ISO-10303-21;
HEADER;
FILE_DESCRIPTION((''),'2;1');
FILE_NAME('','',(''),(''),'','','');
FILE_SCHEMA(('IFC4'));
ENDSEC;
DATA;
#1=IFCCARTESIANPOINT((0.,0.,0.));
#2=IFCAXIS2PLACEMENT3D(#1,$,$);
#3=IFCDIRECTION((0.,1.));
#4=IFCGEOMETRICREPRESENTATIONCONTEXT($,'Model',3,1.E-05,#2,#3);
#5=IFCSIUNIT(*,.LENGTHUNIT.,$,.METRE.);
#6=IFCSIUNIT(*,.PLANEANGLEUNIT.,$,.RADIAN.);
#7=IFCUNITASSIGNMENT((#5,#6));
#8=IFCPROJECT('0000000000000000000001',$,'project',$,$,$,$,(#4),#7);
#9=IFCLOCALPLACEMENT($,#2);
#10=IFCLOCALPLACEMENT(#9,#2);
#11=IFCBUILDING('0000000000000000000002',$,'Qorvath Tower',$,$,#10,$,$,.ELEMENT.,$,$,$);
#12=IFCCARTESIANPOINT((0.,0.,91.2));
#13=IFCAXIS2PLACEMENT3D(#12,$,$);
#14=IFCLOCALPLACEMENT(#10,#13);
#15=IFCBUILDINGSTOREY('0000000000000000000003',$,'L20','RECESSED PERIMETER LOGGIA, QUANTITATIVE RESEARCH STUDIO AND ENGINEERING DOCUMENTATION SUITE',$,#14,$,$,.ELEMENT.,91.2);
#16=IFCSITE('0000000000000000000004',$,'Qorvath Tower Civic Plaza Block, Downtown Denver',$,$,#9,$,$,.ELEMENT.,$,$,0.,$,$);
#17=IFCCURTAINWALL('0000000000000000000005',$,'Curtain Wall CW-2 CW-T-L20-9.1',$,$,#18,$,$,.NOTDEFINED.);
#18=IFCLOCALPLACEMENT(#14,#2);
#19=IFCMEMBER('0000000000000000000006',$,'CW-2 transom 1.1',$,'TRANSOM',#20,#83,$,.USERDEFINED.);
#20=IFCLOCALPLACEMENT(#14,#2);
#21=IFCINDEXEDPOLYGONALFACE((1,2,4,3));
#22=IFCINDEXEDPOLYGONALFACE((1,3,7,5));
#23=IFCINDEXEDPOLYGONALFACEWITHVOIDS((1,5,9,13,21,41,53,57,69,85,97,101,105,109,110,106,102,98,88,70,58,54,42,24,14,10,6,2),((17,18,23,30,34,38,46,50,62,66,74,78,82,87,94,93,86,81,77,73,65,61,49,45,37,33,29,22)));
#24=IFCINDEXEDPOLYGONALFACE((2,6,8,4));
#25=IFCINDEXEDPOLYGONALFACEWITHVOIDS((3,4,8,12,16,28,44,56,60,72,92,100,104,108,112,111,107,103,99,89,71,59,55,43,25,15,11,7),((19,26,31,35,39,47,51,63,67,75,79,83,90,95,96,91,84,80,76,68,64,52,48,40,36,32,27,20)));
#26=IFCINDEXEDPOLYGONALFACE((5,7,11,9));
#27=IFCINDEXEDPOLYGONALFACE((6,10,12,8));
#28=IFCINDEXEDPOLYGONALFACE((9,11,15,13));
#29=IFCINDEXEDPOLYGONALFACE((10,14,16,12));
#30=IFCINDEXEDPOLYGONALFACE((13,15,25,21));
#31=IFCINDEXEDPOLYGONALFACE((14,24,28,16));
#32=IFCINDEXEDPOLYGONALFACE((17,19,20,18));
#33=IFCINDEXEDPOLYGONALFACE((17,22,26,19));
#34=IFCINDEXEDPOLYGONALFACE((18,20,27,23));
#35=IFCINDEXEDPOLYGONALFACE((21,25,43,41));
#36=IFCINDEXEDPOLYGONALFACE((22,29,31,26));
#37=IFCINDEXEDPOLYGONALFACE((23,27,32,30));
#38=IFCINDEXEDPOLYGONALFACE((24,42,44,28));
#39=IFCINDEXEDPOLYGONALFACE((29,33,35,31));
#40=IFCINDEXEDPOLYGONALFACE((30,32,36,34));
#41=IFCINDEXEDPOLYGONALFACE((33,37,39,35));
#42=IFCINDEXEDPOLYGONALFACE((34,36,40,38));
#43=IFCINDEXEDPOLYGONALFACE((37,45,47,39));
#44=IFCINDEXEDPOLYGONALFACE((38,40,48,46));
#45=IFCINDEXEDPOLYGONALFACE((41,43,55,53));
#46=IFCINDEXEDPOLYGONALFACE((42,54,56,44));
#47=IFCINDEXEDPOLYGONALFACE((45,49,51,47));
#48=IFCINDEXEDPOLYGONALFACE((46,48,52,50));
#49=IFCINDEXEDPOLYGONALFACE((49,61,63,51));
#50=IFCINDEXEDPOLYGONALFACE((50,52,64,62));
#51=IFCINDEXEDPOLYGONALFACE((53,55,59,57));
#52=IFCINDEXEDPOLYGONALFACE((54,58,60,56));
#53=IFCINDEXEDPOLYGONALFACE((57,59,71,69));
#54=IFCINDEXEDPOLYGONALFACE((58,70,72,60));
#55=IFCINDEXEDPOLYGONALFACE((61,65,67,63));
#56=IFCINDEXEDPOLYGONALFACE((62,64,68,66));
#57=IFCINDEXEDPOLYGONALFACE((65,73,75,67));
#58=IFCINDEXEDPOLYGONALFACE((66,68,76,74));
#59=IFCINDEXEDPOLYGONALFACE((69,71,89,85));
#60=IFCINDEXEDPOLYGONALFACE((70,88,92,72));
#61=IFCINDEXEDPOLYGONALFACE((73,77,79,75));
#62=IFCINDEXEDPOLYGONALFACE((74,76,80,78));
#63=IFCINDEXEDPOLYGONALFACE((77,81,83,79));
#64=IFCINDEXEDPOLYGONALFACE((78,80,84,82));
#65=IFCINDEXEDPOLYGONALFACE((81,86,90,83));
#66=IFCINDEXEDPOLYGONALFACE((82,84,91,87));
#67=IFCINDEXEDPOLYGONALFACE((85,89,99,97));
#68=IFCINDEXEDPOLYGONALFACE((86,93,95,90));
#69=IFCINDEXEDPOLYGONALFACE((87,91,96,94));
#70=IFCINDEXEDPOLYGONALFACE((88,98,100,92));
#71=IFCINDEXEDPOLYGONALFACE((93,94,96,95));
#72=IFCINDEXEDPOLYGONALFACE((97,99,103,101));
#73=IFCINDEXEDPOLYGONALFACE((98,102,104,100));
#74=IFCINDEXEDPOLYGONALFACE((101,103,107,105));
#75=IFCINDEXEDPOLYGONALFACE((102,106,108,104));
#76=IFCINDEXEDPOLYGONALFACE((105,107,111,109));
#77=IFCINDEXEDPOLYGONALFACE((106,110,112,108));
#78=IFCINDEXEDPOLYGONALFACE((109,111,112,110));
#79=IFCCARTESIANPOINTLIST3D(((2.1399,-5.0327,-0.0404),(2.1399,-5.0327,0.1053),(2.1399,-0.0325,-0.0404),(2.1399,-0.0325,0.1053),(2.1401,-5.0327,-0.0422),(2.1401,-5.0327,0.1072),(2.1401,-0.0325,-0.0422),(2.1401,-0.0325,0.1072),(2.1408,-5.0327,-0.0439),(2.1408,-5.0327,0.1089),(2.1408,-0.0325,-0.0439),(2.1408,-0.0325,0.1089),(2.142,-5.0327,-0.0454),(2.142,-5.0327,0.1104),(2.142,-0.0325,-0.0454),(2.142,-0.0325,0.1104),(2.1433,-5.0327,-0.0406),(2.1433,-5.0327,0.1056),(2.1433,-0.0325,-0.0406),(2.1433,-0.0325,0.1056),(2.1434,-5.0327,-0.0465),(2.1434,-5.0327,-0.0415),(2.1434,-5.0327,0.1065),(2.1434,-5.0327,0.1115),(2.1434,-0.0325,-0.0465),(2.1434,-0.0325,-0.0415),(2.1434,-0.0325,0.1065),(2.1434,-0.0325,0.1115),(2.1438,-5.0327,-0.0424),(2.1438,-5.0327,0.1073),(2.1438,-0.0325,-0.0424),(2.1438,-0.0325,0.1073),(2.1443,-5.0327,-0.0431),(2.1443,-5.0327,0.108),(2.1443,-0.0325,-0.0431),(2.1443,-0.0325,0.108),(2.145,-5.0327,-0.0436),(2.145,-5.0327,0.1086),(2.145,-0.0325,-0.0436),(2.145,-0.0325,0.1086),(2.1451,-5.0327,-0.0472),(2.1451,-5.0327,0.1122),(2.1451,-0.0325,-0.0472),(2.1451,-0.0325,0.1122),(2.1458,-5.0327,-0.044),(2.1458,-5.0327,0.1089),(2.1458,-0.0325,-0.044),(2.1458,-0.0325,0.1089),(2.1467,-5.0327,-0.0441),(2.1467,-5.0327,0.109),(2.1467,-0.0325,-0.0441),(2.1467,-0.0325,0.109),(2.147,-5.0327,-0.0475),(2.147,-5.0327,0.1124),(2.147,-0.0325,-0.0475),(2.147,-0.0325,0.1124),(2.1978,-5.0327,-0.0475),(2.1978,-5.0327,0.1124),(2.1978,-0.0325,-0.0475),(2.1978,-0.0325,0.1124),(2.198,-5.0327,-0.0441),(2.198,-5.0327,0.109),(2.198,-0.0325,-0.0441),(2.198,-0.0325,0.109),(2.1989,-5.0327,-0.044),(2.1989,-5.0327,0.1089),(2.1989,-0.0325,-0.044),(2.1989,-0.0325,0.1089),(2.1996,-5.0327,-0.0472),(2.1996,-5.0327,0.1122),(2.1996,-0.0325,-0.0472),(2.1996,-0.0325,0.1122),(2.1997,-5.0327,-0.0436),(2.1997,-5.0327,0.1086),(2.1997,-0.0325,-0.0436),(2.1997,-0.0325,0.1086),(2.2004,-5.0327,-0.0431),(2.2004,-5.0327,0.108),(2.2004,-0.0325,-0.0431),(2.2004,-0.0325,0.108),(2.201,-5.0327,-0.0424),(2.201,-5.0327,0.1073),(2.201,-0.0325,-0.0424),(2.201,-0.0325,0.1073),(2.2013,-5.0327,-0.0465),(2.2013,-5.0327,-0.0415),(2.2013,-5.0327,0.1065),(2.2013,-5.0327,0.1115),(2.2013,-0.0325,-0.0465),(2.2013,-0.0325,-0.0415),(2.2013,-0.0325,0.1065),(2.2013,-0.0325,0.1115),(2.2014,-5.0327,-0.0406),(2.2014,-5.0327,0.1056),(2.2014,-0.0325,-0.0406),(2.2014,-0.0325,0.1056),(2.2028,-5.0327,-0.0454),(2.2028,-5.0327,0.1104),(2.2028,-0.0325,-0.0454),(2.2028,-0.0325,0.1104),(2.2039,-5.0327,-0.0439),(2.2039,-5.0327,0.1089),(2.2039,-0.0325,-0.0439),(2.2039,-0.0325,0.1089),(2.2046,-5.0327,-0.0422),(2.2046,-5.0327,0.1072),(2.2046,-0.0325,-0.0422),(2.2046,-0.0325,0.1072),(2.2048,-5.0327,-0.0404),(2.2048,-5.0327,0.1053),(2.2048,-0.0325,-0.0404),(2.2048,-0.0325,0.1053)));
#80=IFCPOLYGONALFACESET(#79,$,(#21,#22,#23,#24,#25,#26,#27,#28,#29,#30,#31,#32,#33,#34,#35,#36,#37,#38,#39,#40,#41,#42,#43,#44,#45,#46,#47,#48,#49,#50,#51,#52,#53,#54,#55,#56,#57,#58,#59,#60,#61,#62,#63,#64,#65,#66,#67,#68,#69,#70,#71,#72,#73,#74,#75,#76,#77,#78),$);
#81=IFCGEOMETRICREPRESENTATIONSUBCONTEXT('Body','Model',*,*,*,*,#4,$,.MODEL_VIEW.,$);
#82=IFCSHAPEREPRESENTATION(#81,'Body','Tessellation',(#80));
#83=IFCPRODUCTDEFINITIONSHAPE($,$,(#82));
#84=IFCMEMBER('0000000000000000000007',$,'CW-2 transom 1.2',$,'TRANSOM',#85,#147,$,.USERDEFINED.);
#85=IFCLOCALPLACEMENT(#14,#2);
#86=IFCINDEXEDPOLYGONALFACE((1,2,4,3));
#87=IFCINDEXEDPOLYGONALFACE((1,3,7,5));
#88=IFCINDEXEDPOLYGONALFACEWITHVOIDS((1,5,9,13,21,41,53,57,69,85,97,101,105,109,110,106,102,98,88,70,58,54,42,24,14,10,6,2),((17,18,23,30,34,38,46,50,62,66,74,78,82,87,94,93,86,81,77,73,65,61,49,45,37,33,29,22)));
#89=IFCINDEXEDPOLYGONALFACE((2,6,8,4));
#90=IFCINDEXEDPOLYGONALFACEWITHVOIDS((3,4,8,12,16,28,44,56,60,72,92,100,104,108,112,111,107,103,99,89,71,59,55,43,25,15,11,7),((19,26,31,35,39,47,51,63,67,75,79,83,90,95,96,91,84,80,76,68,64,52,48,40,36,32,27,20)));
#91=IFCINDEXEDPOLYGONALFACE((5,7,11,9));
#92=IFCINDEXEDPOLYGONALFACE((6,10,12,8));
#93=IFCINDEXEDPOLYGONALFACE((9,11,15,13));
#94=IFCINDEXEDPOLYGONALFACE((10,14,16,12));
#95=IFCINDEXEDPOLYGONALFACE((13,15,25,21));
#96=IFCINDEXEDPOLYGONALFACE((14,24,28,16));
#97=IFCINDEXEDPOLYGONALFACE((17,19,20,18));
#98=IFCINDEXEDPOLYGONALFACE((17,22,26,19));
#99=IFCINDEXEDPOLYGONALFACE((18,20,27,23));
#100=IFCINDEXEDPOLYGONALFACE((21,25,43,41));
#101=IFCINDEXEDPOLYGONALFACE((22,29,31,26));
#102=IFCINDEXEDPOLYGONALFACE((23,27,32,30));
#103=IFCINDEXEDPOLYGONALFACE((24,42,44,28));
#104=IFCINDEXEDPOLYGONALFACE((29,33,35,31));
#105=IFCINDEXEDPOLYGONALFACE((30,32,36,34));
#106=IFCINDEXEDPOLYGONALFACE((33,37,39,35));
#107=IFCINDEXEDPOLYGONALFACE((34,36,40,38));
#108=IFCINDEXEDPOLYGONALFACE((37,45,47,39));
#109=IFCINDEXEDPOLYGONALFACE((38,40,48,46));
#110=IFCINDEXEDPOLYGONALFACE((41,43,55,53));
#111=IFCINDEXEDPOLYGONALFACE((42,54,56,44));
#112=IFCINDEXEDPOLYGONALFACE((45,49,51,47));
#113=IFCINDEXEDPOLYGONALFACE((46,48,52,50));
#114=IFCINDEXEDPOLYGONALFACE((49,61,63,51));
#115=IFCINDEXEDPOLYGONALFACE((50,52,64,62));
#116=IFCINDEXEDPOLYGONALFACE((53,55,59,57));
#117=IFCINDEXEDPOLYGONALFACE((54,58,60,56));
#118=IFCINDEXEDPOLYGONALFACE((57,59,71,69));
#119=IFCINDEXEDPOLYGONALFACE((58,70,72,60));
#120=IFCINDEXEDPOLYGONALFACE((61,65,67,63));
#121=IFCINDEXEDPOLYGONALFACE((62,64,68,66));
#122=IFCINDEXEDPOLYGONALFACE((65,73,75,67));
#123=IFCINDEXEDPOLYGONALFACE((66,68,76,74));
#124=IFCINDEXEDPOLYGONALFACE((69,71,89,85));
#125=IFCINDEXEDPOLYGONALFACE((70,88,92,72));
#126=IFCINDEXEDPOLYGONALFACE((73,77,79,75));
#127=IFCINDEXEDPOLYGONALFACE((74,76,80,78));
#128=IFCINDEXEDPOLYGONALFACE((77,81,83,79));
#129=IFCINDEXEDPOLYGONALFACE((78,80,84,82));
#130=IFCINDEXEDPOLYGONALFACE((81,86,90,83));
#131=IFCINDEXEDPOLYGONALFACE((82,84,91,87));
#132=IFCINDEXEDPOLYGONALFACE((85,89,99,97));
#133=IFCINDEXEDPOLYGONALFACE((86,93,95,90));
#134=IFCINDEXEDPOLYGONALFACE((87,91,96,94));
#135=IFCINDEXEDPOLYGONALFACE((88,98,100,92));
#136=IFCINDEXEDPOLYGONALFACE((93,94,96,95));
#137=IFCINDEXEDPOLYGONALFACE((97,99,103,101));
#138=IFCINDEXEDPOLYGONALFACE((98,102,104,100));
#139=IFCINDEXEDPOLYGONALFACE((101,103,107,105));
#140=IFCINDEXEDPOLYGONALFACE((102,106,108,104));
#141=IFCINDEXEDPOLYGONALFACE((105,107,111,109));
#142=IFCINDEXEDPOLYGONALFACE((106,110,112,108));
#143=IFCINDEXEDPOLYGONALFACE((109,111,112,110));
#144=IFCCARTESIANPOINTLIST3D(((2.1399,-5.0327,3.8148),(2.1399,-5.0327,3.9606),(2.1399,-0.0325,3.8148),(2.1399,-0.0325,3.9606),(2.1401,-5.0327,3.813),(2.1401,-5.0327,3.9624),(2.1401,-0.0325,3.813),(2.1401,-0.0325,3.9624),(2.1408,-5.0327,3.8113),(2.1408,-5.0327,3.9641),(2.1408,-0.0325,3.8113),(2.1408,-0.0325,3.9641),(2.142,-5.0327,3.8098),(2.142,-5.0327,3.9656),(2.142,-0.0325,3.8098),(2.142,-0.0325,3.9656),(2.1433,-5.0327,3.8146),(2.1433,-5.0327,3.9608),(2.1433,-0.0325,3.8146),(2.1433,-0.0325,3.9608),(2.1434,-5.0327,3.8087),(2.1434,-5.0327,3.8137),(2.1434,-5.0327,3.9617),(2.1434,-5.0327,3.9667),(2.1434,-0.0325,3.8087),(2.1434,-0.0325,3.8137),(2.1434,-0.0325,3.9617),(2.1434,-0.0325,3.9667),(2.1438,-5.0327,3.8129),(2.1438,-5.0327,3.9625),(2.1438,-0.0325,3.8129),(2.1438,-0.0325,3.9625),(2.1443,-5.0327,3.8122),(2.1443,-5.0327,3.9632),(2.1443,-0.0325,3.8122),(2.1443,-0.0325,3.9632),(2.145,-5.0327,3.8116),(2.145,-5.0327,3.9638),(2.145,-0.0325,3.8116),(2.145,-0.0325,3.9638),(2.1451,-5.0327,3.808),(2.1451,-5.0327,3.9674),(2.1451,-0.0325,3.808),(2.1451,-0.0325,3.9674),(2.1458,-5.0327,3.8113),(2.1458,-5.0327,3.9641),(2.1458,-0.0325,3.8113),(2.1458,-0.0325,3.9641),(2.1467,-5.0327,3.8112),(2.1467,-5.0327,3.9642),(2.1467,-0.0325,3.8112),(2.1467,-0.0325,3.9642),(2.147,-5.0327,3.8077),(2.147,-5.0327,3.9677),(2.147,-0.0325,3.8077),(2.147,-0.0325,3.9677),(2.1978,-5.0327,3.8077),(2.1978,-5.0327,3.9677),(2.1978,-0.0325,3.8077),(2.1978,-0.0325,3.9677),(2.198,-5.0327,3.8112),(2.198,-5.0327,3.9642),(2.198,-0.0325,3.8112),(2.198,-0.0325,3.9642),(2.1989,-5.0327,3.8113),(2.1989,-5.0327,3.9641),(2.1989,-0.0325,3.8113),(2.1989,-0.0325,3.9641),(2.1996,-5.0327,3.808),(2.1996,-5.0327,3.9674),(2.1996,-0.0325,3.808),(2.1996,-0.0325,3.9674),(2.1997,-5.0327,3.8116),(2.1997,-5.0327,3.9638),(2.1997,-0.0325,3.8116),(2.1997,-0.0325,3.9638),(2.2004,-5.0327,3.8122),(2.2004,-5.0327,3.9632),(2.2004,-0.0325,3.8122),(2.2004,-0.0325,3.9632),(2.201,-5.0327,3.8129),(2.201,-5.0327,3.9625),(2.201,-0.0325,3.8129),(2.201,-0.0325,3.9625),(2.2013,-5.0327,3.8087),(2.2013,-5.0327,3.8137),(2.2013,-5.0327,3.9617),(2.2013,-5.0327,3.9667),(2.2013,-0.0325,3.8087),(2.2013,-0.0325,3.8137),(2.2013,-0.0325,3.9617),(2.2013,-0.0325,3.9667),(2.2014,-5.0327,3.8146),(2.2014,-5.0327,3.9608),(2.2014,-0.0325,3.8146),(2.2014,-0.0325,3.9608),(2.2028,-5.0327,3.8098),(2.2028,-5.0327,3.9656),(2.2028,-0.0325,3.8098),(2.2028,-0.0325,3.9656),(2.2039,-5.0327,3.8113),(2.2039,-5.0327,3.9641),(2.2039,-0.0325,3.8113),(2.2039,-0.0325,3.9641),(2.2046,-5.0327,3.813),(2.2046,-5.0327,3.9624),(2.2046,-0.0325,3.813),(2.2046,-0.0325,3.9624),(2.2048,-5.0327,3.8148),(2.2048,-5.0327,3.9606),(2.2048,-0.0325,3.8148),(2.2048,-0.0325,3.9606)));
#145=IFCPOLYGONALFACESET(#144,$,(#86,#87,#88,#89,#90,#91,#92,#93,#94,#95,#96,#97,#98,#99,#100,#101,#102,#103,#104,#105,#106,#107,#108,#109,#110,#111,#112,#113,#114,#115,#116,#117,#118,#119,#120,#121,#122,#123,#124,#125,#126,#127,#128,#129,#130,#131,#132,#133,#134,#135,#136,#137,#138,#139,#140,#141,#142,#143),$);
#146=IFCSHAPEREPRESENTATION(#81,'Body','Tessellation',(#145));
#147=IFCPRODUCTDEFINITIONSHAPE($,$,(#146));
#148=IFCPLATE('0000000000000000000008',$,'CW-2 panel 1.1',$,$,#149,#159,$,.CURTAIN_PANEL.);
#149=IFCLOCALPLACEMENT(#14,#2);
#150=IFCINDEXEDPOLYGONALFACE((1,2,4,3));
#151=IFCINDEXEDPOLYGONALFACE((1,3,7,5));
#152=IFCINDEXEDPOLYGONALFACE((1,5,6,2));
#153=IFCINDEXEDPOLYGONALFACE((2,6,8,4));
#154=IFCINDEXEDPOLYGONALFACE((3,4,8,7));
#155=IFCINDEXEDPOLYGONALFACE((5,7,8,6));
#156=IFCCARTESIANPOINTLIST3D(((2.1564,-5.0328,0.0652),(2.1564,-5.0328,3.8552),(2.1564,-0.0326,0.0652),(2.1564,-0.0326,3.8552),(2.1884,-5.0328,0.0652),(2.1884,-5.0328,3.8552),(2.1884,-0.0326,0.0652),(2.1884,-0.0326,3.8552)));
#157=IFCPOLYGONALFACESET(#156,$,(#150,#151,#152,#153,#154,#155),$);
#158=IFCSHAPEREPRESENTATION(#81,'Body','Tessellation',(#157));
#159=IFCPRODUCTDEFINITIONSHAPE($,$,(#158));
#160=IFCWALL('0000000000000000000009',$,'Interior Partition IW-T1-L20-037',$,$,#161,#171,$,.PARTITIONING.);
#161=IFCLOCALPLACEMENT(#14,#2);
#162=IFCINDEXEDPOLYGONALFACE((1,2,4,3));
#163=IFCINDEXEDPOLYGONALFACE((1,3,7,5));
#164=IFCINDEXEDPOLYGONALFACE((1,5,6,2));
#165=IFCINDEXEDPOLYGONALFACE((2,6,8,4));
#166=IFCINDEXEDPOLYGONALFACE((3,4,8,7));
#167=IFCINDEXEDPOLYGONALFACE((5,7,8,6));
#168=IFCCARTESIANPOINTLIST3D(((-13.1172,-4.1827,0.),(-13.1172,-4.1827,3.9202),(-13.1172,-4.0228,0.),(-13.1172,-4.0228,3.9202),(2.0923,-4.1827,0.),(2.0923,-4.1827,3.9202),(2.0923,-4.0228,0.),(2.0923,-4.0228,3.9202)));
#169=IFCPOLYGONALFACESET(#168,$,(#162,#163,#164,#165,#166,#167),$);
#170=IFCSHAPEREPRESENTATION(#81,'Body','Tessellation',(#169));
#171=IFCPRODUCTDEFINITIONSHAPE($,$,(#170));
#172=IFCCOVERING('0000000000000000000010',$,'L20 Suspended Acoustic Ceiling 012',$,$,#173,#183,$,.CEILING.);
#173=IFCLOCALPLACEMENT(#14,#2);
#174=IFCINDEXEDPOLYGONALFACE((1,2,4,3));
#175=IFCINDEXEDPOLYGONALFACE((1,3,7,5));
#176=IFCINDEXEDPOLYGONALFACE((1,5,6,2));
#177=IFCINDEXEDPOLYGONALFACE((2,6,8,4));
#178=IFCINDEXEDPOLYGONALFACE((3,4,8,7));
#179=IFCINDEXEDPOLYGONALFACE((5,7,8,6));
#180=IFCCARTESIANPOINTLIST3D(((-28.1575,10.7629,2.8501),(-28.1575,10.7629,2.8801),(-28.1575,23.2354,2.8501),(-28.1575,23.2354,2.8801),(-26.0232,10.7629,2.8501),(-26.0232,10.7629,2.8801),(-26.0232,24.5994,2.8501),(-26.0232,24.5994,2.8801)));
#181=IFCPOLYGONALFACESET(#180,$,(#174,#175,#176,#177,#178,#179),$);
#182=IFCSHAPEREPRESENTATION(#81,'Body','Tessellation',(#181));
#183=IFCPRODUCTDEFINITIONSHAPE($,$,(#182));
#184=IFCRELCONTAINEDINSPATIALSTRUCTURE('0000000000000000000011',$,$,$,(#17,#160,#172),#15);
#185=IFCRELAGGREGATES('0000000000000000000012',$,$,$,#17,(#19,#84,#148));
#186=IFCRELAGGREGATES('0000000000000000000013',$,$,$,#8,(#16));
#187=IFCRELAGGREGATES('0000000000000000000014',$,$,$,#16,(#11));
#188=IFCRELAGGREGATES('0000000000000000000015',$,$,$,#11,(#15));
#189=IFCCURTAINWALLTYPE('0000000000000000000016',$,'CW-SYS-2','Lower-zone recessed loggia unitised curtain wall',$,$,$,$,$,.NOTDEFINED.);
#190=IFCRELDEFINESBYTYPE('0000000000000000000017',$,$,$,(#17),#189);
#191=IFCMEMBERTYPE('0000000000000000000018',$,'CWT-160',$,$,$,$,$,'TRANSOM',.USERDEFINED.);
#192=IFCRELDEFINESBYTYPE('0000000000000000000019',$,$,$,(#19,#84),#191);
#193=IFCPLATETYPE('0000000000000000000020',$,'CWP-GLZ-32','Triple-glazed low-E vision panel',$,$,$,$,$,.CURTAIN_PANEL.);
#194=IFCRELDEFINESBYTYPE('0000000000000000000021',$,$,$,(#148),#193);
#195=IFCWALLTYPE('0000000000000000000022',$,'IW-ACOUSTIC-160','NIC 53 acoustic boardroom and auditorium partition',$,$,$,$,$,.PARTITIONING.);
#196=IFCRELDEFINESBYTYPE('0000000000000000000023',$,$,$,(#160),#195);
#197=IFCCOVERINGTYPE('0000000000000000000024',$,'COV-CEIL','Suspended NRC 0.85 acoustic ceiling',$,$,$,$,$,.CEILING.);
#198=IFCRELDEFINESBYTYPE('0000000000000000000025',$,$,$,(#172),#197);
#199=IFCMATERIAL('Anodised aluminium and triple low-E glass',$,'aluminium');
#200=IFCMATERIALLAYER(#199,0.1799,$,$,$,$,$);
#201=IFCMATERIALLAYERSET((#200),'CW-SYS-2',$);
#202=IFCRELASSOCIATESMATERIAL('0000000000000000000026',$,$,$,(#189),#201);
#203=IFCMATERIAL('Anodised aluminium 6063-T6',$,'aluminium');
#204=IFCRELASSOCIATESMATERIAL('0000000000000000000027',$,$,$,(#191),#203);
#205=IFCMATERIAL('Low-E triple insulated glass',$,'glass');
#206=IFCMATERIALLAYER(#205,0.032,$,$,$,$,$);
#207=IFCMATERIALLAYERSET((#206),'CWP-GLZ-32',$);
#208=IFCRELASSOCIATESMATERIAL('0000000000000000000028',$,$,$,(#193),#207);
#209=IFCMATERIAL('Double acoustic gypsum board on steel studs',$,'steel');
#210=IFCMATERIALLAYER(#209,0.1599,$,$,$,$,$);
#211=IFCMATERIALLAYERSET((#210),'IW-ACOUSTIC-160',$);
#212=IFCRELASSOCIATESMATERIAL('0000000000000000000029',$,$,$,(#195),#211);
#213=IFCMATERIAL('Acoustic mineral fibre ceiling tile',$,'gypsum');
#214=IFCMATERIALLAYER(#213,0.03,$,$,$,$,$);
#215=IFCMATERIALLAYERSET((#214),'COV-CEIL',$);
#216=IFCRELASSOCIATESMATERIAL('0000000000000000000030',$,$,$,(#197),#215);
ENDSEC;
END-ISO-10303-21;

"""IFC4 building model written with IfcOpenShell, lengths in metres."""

from ifc_helpers import new_model, si_unit, direction, frame, frame_2d, origin, origin_2d, place, context, subcontext, project, spatial, polyline, rectangle, hollow_rectangle, outline, extrude, material, layer, layer_set, material_profile, profile_set, type_object, element, aggregate, save


model = new_model("IFC4")

# Units and contexts
model_context = context("Model", 3, precision=1e-05, world=origin(), true_north=direction((0.0, 1.0)))
body_context = subcontext(model_context, "Body", "Model", "MODEL_VIEW")
ifc_project = project(units=[si_unit("LENGTHUNIT", "METRE"), si_unit("PLANEANGLEUNIT", "RADIAN")], contexts=[model_context])

# Site, building, storey
site_placement = place(None, origin())
site = spatial("IfcSite", under=ifc_project, at=site_placement, Name="Qorvath Tower Civic Plaza Block, Downtown Denver", CompositionType="ELEMENT", RefElevation=0.0)
building_placement = place(site_placement, origin())
building = spatial("IfcBuilding", under=site, at=building_placement, Name="Qorvath Tower", CompositionType="ELEMENT")
storey_placement = place(building_placement, frame((0.0, 0.0, 91.2)))
storey = spatial("IfcBuildingStorey", under=building, at=storey_placement, Name="L20", Description="RECESSED PERIMETER LOGGIA, QUANTITATIVE RESEARCH STUDIO AND ENGINEERING DOCUMENTATION SUITE", CompositionType="ELEMENT", Elevation=91.2)

# Curtain wall, members, plate
ifc_material_1 = material(Name="Anodised aluminium and triple low-E glass", Category="aluminium")
ifc_layer_1 = layer(ifc_material_1, 0.1799)
ifc_layer_set_1 = layer_set([ifc_layer_1], Name="CW-SYS-2")
curtain_wall_type = type_object("IfcCurtainWallType", Name="CW-SYS-2", Description="Lower-zone recessed loggia unitised curtain wall", PredefinedType="NOTDEFINED", material=ifc_layer_set_1)
curtain_wall_placement = place(storey_placement, origin())
curtain_wall = element("IfcCurtainWall", 1, at=curtain_wall_placement, inside=storey, type_object=curtain_wall_type, Name="Curtain Wall CW-2 CW-T-L20-9.1", PredefinedType="NOTDEFINED")
ifc_material_2 = material(Name="Anodised aluminium 6063-T6", Category="aluminium")
ifc_material_profile = material_profile(ifc_material_2, hollow_rectangle(XDim=0.0649, YDim=0.1599, WallThickness=0.0034, InnerFilletRadius=0.0034, OuterFilletRadius=0.0071, at=origin_2d()), Name="CWT 160x65")
ifc_profile_set = profile_set([ifc_material_profile], Name="Anodised aluminium 6063-T6")
member_type = type_object("IfcMemberType", Name="CWT-160", ElementType="TRANSOM", PredefinedType="USERDEFINED", material=ifc_profile_set)
member_1_placement = place(storey_placement, frame((2.1724, -5.0327, 0.0325), z_axis=(0.0, 1.0, 0.0), x_axis=(-1.0, 0.0, 0.0)))
member_1 = element("IfcMember", 2, at=member_1_placement, type_object=member_type, Name="CW-2 transom 1.1", ObjectType="TRANSOM", PredefinedType="USERDEFINED", context=body_context, shape_type="SweptSolid", body=[
    extrude(hollow_rectangle(XDim=0.0649, YDim=0.1599, WallThickness=0.0034, InnerFilletRadius=0.0034, OuterFilletRadius=0.0071, at=origin_2d()), origin(), (0.0, 0.0, 1.0), 5.0002),
])
member_2_placement = place(storey_placement, frame((2.1724, -5.0327, 3.8877), z_axis=(0.0, 1.0, 0.0), x_axis=(-1.0, 0.0, 0.0)))
member_2 = element("IfcMember", 3, at=member_2_placement, type_object=member_type, Name="CW-2 transom 1.2", ObjectType="TRANSOM", PredefinedType="USERDEFINED", context=body_context, shape_type="SweptSolid", body=[
    extrude(hollow_rectangle(XDim=0.0649, YDim=0.1599, WallThickness=0.0034, InnerFilletRadius=0.0034, OuterFilletRadius=0.0071, at=origin_2d()), origin(), (0.0, 0.0, 1.0), 5.0002),
])
ifc_material_3 = material(Name="Low-E triple insulated glass", Category="glass")
ifc_layer_2 = layer(ifc_material_3, 0.032)
ifc_layer_set_2 = layer_set([ifc_layer_2], Name="CWP-GLZ-32")
plate_type = type_object("IfcPlateType", Name="CWP-GLZ-32", Description="Triple-glazed low-E vision panel", PredefinedType="CURTAIN_PANEL", material=ifc_layer_set_2)
plate_placement = place(storey_placement, frame((2.1724, -2.5327, 0.0652), z_axis=(0.0, 0.0, 1.0), x_axis=(0.0, 1.0, 0.0)))
plate = element("IfcPlate", 4, at=plate_placement, type_object=plate_type, Name="CW-2 panel 1.1", PredefinedType="CURTAIN_PANEL", context=body_context, shape_type="SweptSolid", body=[
    extrude(rectangle(XDim=5.0002, YDim=0.032, at=origin_2d()), origin(), (0.0, 0.0, 1.0), 3.79),
])
aggregate(curtain_wall, [member_1, member_2, plate])

# Wall
ifc_material_4 = material(Name="Double acoustic gypsum board on steel studs", Category="steel")
ifc_layer_3 = layer(ifc_material_4, 0.1599)
ifc_layer_set_3 = layer_set([ifc_layer_3], Name="IW-ACOUSTIC-160")
wall_type = type_object("IfcWallType", Name="IW-ACOUSTIC-160", Description="NIC 53 acoustic boardroom and auditorium partition", PredefinedType="PARTITIONING", material=ifc_layer_set_3)
wall_placement = place(storey_placement, frame((2.0923, -4.1028, 0.0), z_axis=(0.0, 0.0, 1.0), x_axis=(-1.0, 0.0, 0.0)))
element("IfcWall", 5, at=wall_placement, inside=storey, type_object=wall_type, Name="Interior Partition IW-T1-L20-037", PredefinedType="PARTITIONING", context=body_context, shape_type="SweptSolid", body=[
    extrude(rectangle(XDim=15.2095, YDim=0.1599, at=frame_2d((7.6047, 0.0))), origin(), (0.0, 0.0, 1.0), 3.9202),
])

# Covering
ifc_material_5 = material(Name="Acoustic mineral fibre ceiling tile", Category="gypsum")
ifc_layer_4 = layer(ifc_material_5, 0.03)
ifc_layer_set_4 = layer_set([ifc_layer_4], Name="COV-CEIL")
covering_type_1 = type_object("IfcCoveringType", Name="COV-CEIL", Description="Suspended NRC 0.85 acoustic ceiling", PredefinedType="CEILING", material=ifc_layer_set_4)
covering_1_placement = place(storey_placement, frame((0.0, 0.0, 2.8501)))
element("IfcCovering", 6, at=covering_1_placement, inside=storey, type_object=covering_type_1, Name="L20 Suspended Acoustic Ceiling 012", PredefinedType="CEILING", context=body_context, shape_type="SweptSolid", body=[
    extrude(outline(polyline([(-26.0232, 10.7629), (-26.0232, 24.5994), (-28.1575, 23.2354), (-28.1575, 10.7629), (-26.0232, 10.7629)])), origin(), (0.0, 0.0, 1.0), 0.03),
])

save(model, "model.ifc")
